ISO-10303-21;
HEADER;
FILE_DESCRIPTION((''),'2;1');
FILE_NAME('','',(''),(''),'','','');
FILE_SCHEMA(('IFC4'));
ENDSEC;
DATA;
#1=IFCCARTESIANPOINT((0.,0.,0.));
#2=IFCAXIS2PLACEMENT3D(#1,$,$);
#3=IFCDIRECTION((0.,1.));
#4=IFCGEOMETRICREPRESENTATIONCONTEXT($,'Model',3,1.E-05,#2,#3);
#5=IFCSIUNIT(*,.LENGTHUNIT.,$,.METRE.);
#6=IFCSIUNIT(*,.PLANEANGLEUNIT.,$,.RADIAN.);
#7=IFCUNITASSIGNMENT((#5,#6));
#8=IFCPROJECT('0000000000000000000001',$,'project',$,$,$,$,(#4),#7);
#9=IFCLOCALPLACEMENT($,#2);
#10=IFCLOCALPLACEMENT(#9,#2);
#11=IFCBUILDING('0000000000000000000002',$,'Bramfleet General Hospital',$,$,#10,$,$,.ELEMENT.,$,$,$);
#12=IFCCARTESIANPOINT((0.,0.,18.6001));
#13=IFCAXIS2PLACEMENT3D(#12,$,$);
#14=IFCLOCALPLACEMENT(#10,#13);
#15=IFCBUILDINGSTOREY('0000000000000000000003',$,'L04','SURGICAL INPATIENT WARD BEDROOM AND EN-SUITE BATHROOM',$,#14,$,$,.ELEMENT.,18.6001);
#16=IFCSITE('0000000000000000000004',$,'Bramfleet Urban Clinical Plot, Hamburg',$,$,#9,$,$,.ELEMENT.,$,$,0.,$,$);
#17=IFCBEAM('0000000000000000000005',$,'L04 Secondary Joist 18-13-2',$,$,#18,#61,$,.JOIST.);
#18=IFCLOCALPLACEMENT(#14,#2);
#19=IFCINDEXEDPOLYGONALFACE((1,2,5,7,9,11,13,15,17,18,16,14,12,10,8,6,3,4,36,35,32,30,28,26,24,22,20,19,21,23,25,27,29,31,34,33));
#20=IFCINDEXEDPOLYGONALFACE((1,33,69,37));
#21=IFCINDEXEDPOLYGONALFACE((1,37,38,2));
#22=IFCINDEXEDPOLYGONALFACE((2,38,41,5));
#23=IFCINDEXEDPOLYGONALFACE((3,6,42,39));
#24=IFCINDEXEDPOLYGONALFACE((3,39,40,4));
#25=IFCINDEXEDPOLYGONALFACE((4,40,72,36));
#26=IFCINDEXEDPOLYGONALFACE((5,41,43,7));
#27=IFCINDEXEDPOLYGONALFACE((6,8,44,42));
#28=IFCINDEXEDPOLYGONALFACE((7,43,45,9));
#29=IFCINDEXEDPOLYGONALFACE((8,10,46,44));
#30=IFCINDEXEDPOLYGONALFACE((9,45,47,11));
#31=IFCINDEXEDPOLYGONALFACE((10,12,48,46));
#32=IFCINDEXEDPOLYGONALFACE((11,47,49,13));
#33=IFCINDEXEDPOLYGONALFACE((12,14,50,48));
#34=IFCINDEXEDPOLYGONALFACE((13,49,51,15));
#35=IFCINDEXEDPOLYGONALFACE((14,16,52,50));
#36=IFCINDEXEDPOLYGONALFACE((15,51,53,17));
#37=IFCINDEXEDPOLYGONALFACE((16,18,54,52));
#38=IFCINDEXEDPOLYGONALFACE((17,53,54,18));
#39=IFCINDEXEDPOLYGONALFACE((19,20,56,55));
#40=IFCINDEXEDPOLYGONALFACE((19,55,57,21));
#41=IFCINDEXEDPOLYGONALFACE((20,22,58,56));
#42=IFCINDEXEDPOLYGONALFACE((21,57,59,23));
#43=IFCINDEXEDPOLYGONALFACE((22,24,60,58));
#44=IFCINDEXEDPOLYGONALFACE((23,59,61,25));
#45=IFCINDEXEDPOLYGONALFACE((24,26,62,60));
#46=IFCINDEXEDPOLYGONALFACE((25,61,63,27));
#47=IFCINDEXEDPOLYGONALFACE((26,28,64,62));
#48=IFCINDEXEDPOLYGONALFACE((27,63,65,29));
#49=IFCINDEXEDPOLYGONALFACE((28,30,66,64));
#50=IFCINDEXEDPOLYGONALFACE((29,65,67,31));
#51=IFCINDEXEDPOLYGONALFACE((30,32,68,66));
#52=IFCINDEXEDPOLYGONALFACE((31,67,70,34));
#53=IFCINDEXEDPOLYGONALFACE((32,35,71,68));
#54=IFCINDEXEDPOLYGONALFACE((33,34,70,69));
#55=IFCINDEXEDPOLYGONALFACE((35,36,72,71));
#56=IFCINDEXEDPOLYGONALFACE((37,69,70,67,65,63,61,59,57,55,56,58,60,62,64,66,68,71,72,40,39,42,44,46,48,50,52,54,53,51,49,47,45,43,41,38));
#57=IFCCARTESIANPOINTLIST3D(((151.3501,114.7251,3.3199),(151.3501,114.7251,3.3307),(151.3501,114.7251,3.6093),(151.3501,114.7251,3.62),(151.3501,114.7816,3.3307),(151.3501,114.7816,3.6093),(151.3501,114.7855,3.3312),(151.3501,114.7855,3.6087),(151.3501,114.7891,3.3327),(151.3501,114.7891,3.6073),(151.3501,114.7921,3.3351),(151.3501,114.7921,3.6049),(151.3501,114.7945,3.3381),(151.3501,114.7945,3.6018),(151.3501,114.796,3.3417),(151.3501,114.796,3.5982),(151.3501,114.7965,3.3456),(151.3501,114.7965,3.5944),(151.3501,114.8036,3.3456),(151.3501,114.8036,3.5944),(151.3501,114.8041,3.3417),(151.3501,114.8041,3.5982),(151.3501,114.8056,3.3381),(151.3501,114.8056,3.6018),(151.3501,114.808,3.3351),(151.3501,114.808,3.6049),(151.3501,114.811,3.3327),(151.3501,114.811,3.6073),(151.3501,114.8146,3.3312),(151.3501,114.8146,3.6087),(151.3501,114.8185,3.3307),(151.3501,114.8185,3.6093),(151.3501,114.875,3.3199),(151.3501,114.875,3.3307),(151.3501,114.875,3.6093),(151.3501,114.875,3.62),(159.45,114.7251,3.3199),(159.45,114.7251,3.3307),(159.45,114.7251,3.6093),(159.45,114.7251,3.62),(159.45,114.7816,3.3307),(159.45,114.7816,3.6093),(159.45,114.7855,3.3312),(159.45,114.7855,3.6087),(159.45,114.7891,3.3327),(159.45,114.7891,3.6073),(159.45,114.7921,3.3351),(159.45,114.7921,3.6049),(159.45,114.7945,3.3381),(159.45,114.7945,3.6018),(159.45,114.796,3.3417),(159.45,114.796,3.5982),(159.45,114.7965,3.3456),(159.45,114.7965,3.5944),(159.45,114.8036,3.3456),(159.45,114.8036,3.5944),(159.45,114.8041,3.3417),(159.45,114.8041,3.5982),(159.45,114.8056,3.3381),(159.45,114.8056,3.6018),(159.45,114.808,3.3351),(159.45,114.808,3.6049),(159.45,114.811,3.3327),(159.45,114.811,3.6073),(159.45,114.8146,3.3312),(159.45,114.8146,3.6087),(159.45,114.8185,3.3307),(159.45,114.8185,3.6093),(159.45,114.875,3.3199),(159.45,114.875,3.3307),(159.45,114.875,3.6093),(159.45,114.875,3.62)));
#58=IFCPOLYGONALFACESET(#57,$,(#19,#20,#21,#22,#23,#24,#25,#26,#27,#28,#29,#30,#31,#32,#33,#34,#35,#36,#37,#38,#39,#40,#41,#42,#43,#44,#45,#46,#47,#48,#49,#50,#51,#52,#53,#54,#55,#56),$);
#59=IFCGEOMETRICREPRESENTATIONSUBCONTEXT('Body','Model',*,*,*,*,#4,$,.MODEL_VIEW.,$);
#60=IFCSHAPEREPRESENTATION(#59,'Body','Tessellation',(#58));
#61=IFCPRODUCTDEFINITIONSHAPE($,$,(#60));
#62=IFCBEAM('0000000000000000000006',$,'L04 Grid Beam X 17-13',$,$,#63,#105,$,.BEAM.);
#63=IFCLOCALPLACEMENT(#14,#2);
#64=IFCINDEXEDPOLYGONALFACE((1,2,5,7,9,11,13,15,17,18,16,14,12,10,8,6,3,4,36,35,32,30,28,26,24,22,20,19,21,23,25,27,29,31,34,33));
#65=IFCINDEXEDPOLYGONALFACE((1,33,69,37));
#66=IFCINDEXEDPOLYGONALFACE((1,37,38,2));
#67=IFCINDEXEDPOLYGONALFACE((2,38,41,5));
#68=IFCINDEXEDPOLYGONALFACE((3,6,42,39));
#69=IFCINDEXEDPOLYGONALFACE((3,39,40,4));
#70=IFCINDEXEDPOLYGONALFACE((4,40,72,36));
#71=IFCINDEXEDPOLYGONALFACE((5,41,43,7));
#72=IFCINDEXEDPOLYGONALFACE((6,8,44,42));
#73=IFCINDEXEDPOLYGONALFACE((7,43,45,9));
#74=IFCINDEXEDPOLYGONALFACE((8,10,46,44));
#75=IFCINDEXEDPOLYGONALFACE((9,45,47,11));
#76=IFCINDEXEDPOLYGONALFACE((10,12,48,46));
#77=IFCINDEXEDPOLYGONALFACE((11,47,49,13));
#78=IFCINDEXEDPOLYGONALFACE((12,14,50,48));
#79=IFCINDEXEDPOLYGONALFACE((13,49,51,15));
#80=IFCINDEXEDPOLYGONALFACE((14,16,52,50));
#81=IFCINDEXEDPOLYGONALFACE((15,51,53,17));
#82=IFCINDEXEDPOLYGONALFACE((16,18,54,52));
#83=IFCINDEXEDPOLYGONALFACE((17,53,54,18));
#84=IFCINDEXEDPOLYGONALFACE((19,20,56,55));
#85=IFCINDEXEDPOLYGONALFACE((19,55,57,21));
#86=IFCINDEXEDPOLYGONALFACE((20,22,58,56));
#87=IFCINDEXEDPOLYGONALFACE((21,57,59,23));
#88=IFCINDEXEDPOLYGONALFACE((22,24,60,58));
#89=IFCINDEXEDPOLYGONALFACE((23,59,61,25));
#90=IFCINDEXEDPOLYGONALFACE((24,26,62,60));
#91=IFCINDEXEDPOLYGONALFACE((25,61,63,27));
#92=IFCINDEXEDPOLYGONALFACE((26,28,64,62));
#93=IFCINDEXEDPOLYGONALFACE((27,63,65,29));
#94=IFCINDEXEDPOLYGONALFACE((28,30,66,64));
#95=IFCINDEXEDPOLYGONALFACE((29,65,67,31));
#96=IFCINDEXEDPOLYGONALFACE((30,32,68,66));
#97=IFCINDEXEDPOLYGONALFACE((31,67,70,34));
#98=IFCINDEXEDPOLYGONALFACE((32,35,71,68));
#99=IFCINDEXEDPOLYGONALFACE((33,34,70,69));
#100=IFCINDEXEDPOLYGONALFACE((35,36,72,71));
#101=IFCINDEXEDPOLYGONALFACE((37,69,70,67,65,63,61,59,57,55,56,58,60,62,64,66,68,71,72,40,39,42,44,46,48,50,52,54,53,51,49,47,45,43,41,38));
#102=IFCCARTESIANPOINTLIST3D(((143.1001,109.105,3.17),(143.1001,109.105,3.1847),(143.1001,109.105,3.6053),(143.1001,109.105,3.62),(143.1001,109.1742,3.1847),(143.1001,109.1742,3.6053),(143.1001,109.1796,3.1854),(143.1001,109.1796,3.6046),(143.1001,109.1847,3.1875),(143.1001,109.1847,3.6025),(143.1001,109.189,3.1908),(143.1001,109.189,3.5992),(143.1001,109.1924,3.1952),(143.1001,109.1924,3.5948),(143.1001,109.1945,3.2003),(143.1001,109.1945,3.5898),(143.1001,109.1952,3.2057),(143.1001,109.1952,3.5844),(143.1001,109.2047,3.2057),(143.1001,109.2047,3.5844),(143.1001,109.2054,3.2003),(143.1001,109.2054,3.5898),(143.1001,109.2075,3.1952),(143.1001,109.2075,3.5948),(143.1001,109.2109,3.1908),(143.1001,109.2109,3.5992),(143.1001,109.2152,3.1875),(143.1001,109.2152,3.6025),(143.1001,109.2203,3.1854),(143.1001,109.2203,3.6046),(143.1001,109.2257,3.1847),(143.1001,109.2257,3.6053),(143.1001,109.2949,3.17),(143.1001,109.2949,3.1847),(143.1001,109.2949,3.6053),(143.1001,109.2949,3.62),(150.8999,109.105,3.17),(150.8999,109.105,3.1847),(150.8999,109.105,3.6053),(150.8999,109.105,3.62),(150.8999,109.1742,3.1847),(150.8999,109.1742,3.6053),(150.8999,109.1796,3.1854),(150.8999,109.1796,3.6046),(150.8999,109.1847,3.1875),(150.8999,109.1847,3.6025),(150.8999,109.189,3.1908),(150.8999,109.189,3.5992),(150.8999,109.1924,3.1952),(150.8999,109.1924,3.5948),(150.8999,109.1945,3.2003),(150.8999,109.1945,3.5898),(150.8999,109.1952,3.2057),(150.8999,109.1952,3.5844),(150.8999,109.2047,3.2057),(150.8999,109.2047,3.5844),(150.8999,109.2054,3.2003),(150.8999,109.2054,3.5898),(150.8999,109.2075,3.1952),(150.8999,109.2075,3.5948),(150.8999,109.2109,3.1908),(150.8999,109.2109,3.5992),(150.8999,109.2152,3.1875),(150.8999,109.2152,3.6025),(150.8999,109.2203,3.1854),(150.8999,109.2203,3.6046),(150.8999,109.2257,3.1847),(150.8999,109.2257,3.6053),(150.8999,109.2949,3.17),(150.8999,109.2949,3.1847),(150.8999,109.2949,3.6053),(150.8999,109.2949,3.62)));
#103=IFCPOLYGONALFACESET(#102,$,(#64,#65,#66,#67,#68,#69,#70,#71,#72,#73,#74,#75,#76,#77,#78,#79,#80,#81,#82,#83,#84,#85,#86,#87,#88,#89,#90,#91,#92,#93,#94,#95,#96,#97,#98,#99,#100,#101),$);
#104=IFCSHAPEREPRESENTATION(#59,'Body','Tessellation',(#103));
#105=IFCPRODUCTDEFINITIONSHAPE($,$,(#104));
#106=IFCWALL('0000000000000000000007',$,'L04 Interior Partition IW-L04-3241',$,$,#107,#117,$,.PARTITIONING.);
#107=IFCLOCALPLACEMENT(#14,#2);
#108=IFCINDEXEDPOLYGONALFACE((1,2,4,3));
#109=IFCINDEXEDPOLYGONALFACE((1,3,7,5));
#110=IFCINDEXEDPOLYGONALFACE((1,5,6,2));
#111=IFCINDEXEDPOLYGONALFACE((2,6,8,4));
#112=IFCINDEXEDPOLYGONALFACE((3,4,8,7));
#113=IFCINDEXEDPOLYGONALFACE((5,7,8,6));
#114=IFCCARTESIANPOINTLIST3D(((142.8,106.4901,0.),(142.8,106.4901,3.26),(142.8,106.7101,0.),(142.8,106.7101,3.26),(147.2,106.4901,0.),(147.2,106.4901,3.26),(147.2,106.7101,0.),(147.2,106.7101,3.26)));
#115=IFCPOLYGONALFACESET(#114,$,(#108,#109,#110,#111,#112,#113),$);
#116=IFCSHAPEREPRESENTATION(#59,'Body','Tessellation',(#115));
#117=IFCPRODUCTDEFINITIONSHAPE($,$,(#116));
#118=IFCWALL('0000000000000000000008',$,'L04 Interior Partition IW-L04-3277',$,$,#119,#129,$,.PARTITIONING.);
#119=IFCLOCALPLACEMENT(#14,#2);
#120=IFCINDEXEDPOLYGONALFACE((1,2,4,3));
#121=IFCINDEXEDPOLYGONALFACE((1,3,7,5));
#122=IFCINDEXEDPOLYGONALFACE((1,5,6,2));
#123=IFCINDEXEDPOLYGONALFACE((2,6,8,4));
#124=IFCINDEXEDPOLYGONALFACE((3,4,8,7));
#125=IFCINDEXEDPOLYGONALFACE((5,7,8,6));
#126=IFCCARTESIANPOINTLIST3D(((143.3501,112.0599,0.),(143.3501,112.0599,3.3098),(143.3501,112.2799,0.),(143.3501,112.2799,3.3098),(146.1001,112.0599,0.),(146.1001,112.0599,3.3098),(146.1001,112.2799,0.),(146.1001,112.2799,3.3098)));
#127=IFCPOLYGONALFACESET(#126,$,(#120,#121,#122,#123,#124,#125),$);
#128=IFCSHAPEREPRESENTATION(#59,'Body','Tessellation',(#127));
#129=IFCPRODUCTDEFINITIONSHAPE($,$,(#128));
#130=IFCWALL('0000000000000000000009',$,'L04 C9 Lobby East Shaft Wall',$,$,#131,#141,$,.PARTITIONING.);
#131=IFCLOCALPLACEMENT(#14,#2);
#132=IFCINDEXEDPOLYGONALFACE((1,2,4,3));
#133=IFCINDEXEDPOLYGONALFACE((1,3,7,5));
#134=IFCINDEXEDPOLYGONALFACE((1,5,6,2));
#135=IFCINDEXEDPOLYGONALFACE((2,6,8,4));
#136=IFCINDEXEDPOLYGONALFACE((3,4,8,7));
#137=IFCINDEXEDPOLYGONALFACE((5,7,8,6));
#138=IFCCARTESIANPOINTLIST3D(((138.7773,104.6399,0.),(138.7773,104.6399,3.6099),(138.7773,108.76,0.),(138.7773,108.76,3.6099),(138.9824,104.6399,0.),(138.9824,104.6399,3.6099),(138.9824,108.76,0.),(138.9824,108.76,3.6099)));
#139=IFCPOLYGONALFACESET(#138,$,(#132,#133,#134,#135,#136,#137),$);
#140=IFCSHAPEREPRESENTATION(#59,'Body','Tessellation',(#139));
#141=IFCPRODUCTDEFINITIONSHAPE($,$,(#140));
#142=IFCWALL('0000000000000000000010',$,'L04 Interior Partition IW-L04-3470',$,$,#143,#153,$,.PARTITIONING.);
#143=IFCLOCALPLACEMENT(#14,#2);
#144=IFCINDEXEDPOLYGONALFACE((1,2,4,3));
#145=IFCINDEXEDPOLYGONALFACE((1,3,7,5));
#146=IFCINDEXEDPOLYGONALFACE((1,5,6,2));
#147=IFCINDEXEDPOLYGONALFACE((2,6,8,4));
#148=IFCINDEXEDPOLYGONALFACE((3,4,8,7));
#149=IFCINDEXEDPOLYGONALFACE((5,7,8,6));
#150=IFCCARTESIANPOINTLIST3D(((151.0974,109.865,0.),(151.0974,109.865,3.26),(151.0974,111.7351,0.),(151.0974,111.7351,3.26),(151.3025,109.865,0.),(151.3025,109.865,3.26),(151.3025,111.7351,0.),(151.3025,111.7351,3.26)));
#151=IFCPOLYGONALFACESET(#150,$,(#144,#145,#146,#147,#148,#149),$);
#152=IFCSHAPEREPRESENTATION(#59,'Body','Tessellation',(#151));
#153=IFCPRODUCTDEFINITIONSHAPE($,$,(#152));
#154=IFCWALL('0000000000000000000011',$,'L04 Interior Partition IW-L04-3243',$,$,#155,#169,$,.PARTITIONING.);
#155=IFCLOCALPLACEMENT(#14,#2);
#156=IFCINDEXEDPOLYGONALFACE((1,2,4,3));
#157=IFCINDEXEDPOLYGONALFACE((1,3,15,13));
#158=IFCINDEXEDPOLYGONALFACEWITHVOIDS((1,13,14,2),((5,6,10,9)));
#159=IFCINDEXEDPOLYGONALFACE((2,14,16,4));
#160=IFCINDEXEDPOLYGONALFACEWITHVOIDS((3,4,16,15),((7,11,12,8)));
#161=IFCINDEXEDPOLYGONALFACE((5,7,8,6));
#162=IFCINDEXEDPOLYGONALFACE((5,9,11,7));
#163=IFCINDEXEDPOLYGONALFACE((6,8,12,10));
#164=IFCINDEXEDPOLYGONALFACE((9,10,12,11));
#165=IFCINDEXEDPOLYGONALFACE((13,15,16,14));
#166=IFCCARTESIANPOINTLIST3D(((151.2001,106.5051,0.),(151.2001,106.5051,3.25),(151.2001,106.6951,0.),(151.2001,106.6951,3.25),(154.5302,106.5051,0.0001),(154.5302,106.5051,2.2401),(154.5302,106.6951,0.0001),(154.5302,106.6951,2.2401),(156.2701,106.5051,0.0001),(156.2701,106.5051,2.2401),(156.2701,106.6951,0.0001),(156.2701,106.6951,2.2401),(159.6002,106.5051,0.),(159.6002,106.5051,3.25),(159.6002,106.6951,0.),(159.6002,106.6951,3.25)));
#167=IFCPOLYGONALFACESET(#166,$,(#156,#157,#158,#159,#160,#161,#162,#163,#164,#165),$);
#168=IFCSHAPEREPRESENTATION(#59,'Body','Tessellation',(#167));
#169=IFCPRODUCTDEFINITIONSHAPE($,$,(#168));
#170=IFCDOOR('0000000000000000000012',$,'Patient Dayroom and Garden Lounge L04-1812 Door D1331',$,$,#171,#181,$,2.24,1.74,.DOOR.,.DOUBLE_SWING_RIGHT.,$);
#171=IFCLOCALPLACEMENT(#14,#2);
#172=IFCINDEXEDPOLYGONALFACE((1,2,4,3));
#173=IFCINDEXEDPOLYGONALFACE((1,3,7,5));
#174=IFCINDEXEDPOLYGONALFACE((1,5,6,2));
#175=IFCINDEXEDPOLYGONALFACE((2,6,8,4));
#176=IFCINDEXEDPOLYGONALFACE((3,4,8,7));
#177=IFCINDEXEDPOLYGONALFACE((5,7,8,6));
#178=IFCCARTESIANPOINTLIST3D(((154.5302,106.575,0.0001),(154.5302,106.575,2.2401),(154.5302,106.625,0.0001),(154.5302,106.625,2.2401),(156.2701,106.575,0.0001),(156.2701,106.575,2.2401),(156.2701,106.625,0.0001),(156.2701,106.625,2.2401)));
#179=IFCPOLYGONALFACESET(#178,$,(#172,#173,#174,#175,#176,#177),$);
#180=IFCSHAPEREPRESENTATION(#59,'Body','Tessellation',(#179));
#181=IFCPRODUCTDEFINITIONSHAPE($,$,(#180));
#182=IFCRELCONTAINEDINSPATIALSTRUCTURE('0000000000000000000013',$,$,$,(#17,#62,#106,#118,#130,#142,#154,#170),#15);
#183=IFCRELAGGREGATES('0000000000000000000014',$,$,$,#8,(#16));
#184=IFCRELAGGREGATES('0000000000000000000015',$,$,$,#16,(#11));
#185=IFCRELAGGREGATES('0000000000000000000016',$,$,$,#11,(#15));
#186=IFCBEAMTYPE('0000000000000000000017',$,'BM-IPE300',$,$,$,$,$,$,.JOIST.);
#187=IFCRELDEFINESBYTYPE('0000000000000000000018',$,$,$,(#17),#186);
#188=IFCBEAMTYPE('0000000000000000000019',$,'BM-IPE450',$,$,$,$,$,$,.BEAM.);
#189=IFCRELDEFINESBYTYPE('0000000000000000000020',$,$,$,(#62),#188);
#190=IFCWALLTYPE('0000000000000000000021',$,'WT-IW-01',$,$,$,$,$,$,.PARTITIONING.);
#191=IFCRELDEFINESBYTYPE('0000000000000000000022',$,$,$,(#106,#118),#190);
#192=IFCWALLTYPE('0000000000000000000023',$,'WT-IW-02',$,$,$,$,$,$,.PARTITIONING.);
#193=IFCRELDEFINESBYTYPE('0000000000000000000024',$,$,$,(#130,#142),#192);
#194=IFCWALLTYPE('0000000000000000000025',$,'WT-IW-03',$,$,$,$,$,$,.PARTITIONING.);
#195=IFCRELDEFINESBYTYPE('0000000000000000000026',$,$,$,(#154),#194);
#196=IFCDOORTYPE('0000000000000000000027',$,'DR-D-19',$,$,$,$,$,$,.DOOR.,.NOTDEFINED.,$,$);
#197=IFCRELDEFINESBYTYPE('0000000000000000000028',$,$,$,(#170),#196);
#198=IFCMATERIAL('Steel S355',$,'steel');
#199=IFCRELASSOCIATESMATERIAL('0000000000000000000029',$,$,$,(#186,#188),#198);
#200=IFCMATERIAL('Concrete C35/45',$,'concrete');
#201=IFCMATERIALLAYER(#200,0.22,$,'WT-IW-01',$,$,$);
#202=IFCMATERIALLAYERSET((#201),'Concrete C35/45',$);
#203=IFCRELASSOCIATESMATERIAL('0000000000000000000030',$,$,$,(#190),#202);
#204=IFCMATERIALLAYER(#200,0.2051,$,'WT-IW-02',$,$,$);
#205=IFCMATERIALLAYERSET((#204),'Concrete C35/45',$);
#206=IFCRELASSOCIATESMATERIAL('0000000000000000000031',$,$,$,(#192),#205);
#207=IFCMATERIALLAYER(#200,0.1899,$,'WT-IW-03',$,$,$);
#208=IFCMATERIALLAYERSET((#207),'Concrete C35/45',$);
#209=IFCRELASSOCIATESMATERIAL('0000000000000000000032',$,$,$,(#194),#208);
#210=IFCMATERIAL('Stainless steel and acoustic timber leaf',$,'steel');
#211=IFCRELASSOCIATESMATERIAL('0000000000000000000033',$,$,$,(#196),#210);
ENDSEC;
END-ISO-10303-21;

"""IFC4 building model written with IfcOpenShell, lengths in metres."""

from ifc_helpers import new_model, si_unit, direction, frame, frame_2d, origin, origin_2d, place, context, subcontext, project, spatial, rectangle, i_section, extrude, material, layer, layer_set, material_profile, profile_set, type_object, element, fill, save


model = new_model("IFC4")

# Units and contexts
model_context = context("Model", 3, precision=1e-05, world=origin(), true_north=direction((0.0, 1.0)))
body_context = subcontext(model_context, "Body", "Model", "MODEL_VIEW")
ifc_project = project(units=[si_unit("LENGTHUNIT", "METRE"), si_unit("PLANEANGLEUNIT", "RADIAN")], contexts=[model_context])

# Site, building, storey
site_placement = place(None, origin())
site = spatial("IfcSite", under=ifc_project, at=site_placement, Name="Bramfleet Urban Clinical Plot, Hamburg", CompositionType="ELEMENT", RefElevation=0.0)
building_placement = place(site_placement, origin())
building = spatial("IfcBuilding", under=site, at=building_placement, Name="Bramfleet General Hospital", CompositionType="ELEMENT")
storey_placement = place(building_placement, frame((0.0, 0.0, 18.6001)))
storey = spatial("IfcBuildingStorey", under=building, at=storey_placement, Name="L04", Description="SURGICAL INPATIENT WARD BEDROOM AND EN-SUITE BATHROOM", CompositionType="ELEMENT", Elevation=18.6001)

# Beams
ifc_material_1 = material(Name="Steel S355", Category="steel")
ifc_material_profile_1 = material_profile(ifc_material_1, i_section(OverallWidth=0.1499, OverallDepth=0.3, WebThickness=0.0071, FlangeThickness=0.0107, FilletRadius=0.0149, at=origin_2d()), Name="IPE 300")
ifc_profile_set_1 = profile_set([ifc_material_profile_1], Name="Steel S355")
beam_type_1 = type_object("IfcBeamType", Name="BM-IPE300", PredefinedType="JOIST", material=ifc_profile_set_1)
for number, where, z_axis, x_axis, name in (
    (1, (151.3501, 114.8, 3.47), (1.0, 0.0, 0.0), (0.0, 1.0, 0.0), "L04 Secondary Joist 18-13-2"),
):
    element("IfcBeam", number, at=place(storey_placement, frame(where, z_axis=z_axis, x_axis=x_axis)), inside=storey, type_object=beam_type_1, Name=name, PredefinedType="JOIST", context=body_context, shape_type="SweptSolid", body=[
        extrude(i_section(OverallWidth=0.1499, OverallDepth=0.3, WebThickness=0.0071, FlangeThickness=0.0107, FilletRadius=0.0149, at=origin_2d()), origin(), (0.0, 0.0, 1.0), 8.0999),
    ])
ifc_material_profile_2 = material_profile(ifc_material_1, i_section(OverallWidth=0.1899, OverallDepth=0.45, WebThickness=0.0095, FlangeThickness=0.0146, FilletRadius=0.021, at=origin_2d()), Name="IPE 450")
ifc_profile_set_2 = profile_set([ifc_material_profile_2], Name="Steel S355")
beam_type_2 = type_object("IfcBeamType", Name="BM-IPE450", PredefinedType="BEAM", material=ifc_profile_set_2)
beam_placement = place(storey_placement, frame((143.1001, 109.2, 3.395), z_axis=(1.0, 0.0, 0.0), x_axis=(0.0, 1.0, 0.0)))
element("IfcBeam", 2, at=beam_placement, inside=storey, type_object=beam_type_2, Name="L04 Grid Beam X 17-13", PredefinedType="BEAM", context=body_context, shape_type="SweptSolid", body=[
    extrude(i_section(OverallWidth=0.1899, OverallDepth=0.45, WebThickness=0.0095, FlangeThickness=0.0146, FilletRadius=0.021, at=origin_2d()), origin(), (0.0, 0.0, 1.0), 7.7998),
])

# Walls
ifc_material_2 = material(Name="Concrete C35/45", Category="concrete")
ifc_layer_1 = layer(ifc_material_2, 0.22, Name="WT-IW-01")
ifc_layer_set_1 = layer_set([ifc_layer_1], Name="Concrete C35/45")
wall_type_1 = type_object("IfcWallType", Name="WT-IW-01", PredefinedType="PARTITIONING", material=ifc_layer_set_1)
wall_1_placement = place(storey_placement, frame((142.8, 106.6001, 0.0), z_axis=(0.0, 0.0, 1.0), x_axis=(1.0, 0.0, 0.0)))
element("IfcWall", 3, at=wall_1_placement, inside=storey, type_object=wall_type_1, Name="L04 Interior Partition IW-L04-3241", PredefinedType="PARTITIONING", context=body_context, shape_type="SweptSolid", body=[
    extrude(rectangle(XDim=4.3999, YDim=0.22, at=frame_2d((2.2, 0.0))), origin(), (0.0, 0.0, 1.0), 3.26),
])
wall_2_placement = place(storey_placement, frame((143.3501, 112.1699, 0.0), z_axis=(0.0, 0.0, 1.0), x_axis=(1.0, 0.0, 0.0)))
element("IfcWall", 4, at=wall_2_placement, inside=storey, type_object=wall_type_1, Name="L04 Interior Partition IW-L04-3277", PredefinedType="PARTITIONING", context=body_context, shape_type="SweptSolid", body=[
    extrude(rectangle(XDim=2.75, YDim=0.22, at=frame_2d((1.375, 0.0))), origin(), (0.0, 0.0, 1.0), 3.3098),
])
ifc_layer_2 = layer(ifc_material_2, 0.2051, Name="WT-IW-02")
ifc_layer_set_2 = layer_set([ifc_layer_2], Name="Concrete C35/45")
wall_type_2 = type_object("IfcWallType", Name="WT-IW-02", PredefinedType="PARTITIONING", material=ifc_layer_set_2)
wall_3_placement = place(storey_placement, frame((138.8799, 104.6399, 0.0), z_axis=(0.0, 0.0, 1.0), x_axis=(0.0, 1.0, 0.0)))
element("IfcWall", 5, at=wall_3_placement, inside=storey, type_object=wall_type_2, Name="L04 C9 Lobby East Shaft Wall", PredefinedType="PARTITIONING", context=body_context, shape_type="SweptSolid", body=[
    extrude(rectangle(XDim=4.1201, YDim=0.2051, at=frame_2d((2.0601, 0.0))), origin(), (0.0, 0.0, 1.0), 3.6099),
])
wall_4_placement = place(storey_placement, frame((151.2, 109.865, 0.0), z_axis=(0.0, 0.0, 1.0), x_axis=(0.0, 1.0, 0.0)))
element("IfcWall", 6, at=wall_4_placement, inside=storey, type_object=wall_type_2, Name="L04 Interior Partition IW-L04-3470", PredefinedType="PARTITIONING", context=body_context, shape_type="SweptSolid", body=[
    extrude(rectangle(XDim=1.8701, YDim=0.2051, at=frame_2d((0.9351, 0.0))), origin(), (0.0, 0.0, 1.0), 3.26),
])

# Wall, opening, door
ifc_layer_3 = layer(ifc_material_2, 0.1899, Name="WT-IW-03")
ifc_layer_set_3 = layer_set([ifc_layer_3], Name="Concrete C35/45")
wall_type_3 = type_object("IfcWallType", Name="WT-IW-03", PredefinedType="PARTITIONING", material=ifc_layer_set_3)
wall_5_placement = place(storey_placement, frame((151.2, 106.6001, 0.0), z_axis=(0.0, 0.0, 1.0), x_axis=(1.0, 0.0, 0.0)))
wall_5 = element("IfcWall", 7, at=wall_5_placement, inside=storey, type_object=wall_type_3, Name="L04 Interior Partition IW-L04-3243", PredefinedType="PARTITIONING", context=body_context, shape_type="SweptSolid", body=[
    extrude(rectangle(XDim=8.4001, YDim=0.1899, at=frame_2d((4.2002, 0.0))), origin(), (0.0, 0.0, 1.0), 3.25),
])
opening_1_placement = place(wall_5_placement, frame((3.3301, 0.0, 0.0)))
opening_1 = element("IfcOpeningElement", 8, at=opening_1_placement, cuts=wall_5, PredefinedType="OPENING", context=body_context, shape_type="SweptSolid", body=[
    extrude(rectangle(XDim=1.74, YDim=2.24, at=frame_2d((0.8701, 1.1201))), frame((0.0, 0.105, 0.0), z_axis=(0.0, -1.0, 0.0), x_axis=(1.0, 0.0, 0.0)), (0.0, 0.0, 1.0), 0.21),
])
ifc_material_3 = material(Name="Stainless steel and acoustic timber leaf", Category="steel")
door_type_1 = type_object("IfcDoorType", Name="DR-D-19", OperationType="NOTDEFINED", PredefinedType="DOOR", material=ifc_material_3)
door_1_placement = place(opening_1_placement, origin())
door_1 = element("IfcDoor", 9, at=door_1_placement, inside=storey, type_object=door_type_1, Name="Patient Dayroom and Garden Lounge L04-1812 Door D1331", OperationType="DOUBLE_SWING_RIGHT", OverallHeight=2.24, OverallWidth=1.74, PredefinedType="DOOR", context=body_context, shape_type="SweptSolid", body=[
    extrude(rectangle(XDim=1.74, YDim=2.24, at=frame_2d((0.8701, 1.1201))), frame((0.0, 0.0249, 0.0), z_axis=(0.0, -1.0, 0.0), x_axis=(1.0, 0.0, 0.0)), (0.0, 0.0, 1.0), 0.05),
])
fill(opening_1, door_1)

save(model, "model.ifc")
